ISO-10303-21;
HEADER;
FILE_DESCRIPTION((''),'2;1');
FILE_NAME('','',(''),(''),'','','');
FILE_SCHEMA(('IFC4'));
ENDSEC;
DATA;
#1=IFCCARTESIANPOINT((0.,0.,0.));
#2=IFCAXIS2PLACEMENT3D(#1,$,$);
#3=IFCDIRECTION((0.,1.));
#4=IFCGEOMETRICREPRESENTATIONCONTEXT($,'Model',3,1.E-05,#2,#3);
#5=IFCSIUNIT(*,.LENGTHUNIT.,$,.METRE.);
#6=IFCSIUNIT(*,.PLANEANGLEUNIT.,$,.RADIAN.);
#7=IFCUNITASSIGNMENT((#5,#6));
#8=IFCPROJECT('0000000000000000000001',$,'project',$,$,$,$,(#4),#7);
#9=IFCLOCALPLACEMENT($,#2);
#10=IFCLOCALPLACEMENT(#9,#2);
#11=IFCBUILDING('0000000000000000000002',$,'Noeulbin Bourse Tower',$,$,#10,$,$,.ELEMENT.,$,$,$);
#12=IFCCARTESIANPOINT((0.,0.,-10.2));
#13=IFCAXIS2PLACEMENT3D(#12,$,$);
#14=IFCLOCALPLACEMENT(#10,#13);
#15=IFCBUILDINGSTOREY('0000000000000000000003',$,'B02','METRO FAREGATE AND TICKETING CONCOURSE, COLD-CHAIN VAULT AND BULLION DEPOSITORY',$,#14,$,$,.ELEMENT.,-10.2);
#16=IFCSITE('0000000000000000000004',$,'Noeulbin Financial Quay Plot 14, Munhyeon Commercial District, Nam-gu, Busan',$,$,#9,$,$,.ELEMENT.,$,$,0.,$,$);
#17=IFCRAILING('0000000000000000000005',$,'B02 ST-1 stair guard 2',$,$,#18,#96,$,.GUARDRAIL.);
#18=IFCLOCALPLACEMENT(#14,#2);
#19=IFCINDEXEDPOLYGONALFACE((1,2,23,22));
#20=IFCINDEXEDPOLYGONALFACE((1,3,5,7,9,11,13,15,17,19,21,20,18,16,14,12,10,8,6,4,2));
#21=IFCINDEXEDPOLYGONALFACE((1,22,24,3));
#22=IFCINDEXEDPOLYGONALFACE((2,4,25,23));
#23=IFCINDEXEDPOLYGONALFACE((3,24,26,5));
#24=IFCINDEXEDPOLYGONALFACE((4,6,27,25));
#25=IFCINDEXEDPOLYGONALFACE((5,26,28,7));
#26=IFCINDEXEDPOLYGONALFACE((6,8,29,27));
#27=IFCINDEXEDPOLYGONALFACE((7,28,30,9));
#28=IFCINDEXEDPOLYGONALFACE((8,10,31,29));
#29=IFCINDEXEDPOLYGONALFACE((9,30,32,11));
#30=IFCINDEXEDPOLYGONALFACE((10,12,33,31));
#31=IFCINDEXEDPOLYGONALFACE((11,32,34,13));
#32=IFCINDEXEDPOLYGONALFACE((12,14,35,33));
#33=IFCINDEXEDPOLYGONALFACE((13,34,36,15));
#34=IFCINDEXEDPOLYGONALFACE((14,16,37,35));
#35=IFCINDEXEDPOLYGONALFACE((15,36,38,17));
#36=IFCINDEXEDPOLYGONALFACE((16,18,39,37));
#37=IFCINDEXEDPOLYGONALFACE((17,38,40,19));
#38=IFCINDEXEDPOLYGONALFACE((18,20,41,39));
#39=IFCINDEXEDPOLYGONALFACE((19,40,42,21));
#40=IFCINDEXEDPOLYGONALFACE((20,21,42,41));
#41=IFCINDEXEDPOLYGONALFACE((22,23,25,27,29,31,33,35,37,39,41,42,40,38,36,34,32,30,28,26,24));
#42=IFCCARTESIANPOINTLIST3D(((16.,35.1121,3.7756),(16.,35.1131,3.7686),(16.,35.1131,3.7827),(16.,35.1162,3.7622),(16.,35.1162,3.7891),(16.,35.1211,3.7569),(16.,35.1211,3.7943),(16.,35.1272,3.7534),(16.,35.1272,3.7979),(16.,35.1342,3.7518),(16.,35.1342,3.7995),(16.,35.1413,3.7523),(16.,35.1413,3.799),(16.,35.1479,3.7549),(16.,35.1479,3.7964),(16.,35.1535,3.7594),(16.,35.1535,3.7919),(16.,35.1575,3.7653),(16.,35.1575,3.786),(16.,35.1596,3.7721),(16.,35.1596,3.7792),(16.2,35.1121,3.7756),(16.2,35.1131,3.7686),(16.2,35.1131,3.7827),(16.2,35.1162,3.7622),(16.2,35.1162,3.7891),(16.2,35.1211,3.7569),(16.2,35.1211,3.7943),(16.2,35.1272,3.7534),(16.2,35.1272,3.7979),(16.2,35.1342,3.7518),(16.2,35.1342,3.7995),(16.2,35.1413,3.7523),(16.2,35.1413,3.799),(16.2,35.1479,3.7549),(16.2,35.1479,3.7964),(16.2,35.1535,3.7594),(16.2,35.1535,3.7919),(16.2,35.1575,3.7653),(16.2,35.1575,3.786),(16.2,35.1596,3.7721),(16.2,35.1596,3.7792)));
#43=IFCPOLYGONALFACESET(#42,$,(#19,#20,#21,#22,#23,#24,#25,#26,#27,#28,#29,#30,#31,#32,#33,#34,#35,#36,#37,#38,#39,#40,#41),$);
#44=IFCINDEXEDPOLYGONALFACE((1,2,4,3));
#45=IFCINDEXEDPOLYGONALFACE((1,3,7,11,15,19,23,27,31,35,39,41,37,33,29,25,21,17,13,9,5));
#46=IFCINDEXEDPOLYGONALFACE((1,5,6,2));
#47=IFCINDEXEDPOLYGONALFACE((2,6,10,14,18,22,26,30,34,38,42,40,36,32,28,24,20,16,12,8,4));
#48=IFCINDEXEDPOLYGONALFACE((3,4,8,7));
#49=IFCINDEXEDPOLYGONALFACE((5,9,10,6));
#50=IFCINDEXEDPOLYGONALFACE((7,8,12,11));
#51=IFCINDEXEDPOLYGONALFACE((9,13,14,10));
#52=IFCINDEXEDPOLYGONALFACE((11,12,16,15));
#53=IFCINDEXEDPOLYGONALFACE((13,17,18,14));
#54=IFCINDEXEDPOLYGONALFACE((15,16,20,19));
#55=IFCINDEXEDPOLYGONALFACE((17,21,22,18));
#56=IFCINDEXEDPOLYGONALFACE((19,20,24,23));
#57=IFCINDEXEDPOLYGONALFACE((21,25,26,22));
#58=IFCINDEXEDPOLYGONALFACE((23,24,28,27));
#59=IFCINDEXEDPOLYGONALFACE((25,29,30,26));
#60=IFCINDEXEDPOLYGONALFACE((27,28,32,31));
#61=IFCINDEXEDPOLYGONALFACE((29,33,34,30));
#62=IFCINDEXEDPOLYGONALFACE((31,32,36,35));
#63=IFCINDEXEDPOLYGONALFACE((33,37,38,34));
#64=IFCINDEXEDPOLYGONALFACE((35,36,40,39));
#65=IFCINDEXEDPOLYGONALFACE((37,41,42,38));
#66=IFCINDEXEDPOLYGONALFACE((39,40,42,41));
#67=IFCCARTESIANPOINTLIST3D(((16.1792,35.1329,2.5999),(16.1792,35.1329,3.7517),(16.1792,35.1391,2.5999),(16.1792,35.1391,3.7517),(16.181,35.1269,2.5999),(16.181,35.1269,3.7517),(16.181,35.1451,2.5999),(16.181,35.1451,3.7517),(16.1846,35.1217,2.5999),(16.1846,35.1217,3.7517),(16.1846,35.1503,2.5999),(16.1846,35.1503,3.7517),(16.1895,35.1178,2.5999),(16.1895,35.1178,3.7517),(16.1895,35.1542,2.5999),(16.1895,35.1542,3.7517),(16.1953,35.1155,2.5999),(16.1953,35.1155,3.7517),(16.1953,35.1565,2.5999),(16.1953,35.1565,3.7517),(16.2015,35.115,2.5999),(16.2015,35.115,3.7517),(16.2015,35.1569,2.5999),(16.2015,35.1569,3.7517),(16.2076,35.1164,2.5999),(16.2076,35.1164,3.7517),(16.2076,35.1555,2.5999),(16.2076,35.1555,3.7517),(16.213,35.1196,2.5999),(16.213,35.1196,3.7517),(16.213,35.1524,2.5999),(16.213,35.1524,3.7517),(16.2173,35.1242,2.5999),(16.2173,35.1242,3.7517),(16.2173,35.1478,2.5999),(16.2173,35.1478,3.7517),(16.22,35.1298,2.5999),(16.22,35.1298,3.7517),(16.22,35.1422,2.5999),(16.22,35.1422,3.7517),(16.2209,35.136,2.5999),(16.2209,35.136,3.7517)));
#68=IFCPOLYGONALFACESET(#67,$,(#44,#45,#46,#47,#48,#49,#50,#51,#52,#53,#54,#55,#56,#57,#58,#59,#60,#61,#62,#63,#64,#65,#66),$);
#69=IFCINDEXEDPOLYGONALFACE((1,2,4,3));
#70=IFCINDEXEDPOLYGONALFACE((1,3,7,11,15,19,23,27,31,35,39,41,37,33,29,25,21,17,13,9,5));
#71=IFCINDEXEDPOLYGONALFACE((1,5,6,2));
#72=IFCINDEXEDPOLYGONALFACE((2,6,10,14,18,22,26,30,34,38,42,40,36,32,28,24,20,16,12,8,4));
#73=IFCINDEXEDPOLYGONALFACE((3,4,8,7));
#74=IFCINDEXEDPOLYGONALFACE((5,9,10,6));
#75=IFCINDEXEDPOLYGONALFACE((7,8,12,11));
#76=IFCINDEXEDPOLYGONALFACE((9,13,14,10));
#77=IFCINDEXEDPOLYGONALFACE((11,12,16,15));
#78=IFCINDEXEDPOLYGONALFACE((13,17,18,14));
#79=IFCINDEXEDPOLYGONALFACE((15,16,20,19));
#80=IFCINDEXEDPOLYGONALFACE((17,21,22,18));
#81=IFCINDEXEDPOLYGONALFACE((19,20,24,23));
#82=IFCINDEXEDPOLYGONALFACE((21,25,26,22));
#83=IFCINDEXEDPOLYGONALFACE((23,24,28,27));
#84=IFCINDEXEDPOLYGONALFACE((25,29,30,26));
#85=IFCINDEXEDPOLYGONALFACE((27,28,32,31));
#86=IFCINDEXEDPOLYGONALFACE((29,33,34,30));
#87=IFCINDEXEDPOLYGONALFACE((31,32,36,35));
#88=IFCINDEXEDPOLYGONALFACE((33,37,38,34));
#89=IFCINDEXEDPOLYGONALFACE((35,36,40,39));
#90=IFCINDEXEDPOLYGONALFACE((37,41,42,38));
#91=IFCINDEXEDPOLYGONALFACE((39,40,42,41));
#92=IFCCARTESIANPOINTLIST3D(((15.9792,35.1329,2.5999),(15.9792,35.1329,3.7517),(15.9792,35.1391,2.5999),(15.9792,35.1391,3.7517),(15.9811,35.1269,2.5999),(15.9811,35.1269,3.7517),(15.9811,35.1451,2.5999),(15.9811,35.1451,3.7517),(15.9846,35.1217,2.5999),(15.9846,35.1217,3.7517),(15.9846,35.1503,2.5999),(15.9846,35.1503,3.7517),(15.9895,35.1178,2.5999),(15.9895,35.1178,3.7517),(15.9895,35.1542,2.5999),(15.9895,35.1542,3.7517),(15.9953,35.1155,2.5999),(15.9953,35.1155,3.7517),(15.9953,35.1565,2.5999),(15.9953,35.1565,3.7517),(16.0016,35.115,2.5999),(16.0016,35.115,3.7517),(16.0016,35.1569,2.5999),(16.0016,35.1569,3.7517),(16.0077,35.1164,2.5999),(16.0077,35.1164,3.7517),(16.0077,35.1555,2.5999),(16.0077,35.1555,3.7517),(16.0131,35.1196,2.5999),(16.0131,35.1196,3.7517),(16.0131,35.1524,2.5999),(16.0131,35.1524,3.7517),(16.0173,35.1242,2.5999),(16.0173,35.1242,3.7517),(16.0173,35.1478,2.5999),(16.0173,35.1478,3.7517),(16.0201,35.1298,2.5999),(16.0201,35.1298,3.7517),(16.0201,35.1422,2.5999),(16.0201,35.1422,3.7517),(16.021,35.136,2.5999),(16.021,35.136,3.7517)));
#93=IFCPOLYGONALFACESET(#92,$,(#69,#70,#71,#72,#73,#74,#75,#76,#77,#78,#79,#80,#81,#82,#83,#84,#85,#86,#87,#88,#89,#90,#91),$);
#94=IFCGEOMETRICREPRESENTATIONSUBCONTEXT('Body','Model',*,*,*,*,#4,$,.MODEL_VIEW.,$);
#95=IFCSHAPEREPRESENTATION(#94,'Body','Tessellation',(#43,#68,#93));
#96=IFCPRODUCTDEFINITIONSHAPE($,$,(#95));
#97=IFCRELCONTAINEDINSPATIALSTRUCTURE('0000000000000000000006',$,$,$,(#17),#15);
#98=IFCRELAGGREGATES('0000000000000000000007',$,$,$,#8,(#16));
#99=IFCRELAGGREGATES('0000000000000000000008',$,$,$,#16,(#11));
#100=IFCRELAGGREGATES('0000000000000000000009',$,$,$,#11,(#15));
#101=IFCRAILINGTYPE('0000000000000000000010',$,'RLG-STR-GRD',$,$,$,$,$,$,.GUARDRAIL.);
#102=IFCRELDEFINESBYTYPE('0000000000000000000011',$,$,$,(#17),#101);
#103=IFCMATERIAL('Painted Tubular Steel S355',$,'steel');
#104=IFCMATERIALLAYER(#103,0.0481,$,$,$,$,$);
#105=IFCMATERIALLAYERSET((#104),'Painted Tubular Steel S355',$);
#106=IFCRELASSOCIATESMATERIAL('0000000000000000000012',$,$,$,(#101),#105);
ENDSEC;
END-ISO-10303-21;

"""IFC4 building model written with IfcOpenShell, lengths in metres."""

from ifc_helpers import new_model, si_unit, direction, frame, origin, origin_2d, place, context, subcontext, project, spatial, circle, extrude, material, layer, layer_set, type_object, element, save


model = new_model("IFC4")

# Units and contexts
model_context = context("Model", 3, precision=1e-05, world=origin(), true_north=direction((0.0, 1.0)))
body_context = subcontext(model_context, "Body", "Model", "MODEL_VIEW")
ifc_project = project(units=[si_unit("LENGTHUNIT", "METRE"), si_unit("PLANEANGLEUNIT", "RADIAN")], contexts=[model_context])

# Site, building, storey
site_placement = place(None, origin())
site = spatial("IfcSite", under=ifc_project, at=site_placement, Name="Noeulbin Financial Quay Plot 14, Munhyeon Commercial District, Nam-gu, Busan", CompositionType="ELEMENT", RefElevation=0.0)
building_placement = place(site_placement, origin())
building = spatial("IfcBuilding", under=site, at=building_placement, Name="Noeulbin Bourse Tower", CompositionType="ELEMENT")
storey_placement = place(building_placement, frame((0.0, 0.0, -10.2)))
storey = spatial("IfcBuildingStorey", under=building, at=storey_placement, Name="B02", Description="METRO FAREGATE AND TICKETING CONCOURSE, COLD-CHAIN VAULT AND BULLION DEPOSITORY", CompositionType="ELEMENT", Elevation=-10.2)

# Railing
ifc_material_1 = material(Name="Painted Tubular Steel S355", Category="steel")
ifc_layer_1 = layer(ifc_material_1, 0.0481)
ifc_layer_set_1 = layer_set([ifc_layer_1], Name="Painted Tubular Steel S355")
railing_type_1 = type_object("IfcRailingType", Name="RLG-STR-GRD", PredefinedType="GUARDRAIL", material=ifc_layer_set_1)
railing_1_placement = place(storey_placement, frame((16.2, 35.136, 2.5999)))
element("IfcRailing", 1, at=railing_1_placement, inside=storey, type_object=railing_type_1, Name="B02 ST-1 stair guard 2", PredefinedType="GUARDRAIL", context=body_context, shape_type="SweptSolid", body=[
    extrude(circle(Radius=0.0239, at=origin_2d()), frame((0.0, 0.0, 1.1758), z_axis=(-1.0, 0.0, 0.0), x_axis=(0.0, -1.0, 0.0)), (0.0, 0.0, 1.0), 0.2),
    extrude(circle(Radius=0.021, at=origin_2d()), origin(), (0.0, 0.0, 1.0), 1.1519),
    extrude(circle(Radius=0.021, at=origin_2d()), frame((-0.2, 0.0, 0.0)), (0.0, 0.0, 1.0), 1.1519),
])

save(model, "model.ifc")
